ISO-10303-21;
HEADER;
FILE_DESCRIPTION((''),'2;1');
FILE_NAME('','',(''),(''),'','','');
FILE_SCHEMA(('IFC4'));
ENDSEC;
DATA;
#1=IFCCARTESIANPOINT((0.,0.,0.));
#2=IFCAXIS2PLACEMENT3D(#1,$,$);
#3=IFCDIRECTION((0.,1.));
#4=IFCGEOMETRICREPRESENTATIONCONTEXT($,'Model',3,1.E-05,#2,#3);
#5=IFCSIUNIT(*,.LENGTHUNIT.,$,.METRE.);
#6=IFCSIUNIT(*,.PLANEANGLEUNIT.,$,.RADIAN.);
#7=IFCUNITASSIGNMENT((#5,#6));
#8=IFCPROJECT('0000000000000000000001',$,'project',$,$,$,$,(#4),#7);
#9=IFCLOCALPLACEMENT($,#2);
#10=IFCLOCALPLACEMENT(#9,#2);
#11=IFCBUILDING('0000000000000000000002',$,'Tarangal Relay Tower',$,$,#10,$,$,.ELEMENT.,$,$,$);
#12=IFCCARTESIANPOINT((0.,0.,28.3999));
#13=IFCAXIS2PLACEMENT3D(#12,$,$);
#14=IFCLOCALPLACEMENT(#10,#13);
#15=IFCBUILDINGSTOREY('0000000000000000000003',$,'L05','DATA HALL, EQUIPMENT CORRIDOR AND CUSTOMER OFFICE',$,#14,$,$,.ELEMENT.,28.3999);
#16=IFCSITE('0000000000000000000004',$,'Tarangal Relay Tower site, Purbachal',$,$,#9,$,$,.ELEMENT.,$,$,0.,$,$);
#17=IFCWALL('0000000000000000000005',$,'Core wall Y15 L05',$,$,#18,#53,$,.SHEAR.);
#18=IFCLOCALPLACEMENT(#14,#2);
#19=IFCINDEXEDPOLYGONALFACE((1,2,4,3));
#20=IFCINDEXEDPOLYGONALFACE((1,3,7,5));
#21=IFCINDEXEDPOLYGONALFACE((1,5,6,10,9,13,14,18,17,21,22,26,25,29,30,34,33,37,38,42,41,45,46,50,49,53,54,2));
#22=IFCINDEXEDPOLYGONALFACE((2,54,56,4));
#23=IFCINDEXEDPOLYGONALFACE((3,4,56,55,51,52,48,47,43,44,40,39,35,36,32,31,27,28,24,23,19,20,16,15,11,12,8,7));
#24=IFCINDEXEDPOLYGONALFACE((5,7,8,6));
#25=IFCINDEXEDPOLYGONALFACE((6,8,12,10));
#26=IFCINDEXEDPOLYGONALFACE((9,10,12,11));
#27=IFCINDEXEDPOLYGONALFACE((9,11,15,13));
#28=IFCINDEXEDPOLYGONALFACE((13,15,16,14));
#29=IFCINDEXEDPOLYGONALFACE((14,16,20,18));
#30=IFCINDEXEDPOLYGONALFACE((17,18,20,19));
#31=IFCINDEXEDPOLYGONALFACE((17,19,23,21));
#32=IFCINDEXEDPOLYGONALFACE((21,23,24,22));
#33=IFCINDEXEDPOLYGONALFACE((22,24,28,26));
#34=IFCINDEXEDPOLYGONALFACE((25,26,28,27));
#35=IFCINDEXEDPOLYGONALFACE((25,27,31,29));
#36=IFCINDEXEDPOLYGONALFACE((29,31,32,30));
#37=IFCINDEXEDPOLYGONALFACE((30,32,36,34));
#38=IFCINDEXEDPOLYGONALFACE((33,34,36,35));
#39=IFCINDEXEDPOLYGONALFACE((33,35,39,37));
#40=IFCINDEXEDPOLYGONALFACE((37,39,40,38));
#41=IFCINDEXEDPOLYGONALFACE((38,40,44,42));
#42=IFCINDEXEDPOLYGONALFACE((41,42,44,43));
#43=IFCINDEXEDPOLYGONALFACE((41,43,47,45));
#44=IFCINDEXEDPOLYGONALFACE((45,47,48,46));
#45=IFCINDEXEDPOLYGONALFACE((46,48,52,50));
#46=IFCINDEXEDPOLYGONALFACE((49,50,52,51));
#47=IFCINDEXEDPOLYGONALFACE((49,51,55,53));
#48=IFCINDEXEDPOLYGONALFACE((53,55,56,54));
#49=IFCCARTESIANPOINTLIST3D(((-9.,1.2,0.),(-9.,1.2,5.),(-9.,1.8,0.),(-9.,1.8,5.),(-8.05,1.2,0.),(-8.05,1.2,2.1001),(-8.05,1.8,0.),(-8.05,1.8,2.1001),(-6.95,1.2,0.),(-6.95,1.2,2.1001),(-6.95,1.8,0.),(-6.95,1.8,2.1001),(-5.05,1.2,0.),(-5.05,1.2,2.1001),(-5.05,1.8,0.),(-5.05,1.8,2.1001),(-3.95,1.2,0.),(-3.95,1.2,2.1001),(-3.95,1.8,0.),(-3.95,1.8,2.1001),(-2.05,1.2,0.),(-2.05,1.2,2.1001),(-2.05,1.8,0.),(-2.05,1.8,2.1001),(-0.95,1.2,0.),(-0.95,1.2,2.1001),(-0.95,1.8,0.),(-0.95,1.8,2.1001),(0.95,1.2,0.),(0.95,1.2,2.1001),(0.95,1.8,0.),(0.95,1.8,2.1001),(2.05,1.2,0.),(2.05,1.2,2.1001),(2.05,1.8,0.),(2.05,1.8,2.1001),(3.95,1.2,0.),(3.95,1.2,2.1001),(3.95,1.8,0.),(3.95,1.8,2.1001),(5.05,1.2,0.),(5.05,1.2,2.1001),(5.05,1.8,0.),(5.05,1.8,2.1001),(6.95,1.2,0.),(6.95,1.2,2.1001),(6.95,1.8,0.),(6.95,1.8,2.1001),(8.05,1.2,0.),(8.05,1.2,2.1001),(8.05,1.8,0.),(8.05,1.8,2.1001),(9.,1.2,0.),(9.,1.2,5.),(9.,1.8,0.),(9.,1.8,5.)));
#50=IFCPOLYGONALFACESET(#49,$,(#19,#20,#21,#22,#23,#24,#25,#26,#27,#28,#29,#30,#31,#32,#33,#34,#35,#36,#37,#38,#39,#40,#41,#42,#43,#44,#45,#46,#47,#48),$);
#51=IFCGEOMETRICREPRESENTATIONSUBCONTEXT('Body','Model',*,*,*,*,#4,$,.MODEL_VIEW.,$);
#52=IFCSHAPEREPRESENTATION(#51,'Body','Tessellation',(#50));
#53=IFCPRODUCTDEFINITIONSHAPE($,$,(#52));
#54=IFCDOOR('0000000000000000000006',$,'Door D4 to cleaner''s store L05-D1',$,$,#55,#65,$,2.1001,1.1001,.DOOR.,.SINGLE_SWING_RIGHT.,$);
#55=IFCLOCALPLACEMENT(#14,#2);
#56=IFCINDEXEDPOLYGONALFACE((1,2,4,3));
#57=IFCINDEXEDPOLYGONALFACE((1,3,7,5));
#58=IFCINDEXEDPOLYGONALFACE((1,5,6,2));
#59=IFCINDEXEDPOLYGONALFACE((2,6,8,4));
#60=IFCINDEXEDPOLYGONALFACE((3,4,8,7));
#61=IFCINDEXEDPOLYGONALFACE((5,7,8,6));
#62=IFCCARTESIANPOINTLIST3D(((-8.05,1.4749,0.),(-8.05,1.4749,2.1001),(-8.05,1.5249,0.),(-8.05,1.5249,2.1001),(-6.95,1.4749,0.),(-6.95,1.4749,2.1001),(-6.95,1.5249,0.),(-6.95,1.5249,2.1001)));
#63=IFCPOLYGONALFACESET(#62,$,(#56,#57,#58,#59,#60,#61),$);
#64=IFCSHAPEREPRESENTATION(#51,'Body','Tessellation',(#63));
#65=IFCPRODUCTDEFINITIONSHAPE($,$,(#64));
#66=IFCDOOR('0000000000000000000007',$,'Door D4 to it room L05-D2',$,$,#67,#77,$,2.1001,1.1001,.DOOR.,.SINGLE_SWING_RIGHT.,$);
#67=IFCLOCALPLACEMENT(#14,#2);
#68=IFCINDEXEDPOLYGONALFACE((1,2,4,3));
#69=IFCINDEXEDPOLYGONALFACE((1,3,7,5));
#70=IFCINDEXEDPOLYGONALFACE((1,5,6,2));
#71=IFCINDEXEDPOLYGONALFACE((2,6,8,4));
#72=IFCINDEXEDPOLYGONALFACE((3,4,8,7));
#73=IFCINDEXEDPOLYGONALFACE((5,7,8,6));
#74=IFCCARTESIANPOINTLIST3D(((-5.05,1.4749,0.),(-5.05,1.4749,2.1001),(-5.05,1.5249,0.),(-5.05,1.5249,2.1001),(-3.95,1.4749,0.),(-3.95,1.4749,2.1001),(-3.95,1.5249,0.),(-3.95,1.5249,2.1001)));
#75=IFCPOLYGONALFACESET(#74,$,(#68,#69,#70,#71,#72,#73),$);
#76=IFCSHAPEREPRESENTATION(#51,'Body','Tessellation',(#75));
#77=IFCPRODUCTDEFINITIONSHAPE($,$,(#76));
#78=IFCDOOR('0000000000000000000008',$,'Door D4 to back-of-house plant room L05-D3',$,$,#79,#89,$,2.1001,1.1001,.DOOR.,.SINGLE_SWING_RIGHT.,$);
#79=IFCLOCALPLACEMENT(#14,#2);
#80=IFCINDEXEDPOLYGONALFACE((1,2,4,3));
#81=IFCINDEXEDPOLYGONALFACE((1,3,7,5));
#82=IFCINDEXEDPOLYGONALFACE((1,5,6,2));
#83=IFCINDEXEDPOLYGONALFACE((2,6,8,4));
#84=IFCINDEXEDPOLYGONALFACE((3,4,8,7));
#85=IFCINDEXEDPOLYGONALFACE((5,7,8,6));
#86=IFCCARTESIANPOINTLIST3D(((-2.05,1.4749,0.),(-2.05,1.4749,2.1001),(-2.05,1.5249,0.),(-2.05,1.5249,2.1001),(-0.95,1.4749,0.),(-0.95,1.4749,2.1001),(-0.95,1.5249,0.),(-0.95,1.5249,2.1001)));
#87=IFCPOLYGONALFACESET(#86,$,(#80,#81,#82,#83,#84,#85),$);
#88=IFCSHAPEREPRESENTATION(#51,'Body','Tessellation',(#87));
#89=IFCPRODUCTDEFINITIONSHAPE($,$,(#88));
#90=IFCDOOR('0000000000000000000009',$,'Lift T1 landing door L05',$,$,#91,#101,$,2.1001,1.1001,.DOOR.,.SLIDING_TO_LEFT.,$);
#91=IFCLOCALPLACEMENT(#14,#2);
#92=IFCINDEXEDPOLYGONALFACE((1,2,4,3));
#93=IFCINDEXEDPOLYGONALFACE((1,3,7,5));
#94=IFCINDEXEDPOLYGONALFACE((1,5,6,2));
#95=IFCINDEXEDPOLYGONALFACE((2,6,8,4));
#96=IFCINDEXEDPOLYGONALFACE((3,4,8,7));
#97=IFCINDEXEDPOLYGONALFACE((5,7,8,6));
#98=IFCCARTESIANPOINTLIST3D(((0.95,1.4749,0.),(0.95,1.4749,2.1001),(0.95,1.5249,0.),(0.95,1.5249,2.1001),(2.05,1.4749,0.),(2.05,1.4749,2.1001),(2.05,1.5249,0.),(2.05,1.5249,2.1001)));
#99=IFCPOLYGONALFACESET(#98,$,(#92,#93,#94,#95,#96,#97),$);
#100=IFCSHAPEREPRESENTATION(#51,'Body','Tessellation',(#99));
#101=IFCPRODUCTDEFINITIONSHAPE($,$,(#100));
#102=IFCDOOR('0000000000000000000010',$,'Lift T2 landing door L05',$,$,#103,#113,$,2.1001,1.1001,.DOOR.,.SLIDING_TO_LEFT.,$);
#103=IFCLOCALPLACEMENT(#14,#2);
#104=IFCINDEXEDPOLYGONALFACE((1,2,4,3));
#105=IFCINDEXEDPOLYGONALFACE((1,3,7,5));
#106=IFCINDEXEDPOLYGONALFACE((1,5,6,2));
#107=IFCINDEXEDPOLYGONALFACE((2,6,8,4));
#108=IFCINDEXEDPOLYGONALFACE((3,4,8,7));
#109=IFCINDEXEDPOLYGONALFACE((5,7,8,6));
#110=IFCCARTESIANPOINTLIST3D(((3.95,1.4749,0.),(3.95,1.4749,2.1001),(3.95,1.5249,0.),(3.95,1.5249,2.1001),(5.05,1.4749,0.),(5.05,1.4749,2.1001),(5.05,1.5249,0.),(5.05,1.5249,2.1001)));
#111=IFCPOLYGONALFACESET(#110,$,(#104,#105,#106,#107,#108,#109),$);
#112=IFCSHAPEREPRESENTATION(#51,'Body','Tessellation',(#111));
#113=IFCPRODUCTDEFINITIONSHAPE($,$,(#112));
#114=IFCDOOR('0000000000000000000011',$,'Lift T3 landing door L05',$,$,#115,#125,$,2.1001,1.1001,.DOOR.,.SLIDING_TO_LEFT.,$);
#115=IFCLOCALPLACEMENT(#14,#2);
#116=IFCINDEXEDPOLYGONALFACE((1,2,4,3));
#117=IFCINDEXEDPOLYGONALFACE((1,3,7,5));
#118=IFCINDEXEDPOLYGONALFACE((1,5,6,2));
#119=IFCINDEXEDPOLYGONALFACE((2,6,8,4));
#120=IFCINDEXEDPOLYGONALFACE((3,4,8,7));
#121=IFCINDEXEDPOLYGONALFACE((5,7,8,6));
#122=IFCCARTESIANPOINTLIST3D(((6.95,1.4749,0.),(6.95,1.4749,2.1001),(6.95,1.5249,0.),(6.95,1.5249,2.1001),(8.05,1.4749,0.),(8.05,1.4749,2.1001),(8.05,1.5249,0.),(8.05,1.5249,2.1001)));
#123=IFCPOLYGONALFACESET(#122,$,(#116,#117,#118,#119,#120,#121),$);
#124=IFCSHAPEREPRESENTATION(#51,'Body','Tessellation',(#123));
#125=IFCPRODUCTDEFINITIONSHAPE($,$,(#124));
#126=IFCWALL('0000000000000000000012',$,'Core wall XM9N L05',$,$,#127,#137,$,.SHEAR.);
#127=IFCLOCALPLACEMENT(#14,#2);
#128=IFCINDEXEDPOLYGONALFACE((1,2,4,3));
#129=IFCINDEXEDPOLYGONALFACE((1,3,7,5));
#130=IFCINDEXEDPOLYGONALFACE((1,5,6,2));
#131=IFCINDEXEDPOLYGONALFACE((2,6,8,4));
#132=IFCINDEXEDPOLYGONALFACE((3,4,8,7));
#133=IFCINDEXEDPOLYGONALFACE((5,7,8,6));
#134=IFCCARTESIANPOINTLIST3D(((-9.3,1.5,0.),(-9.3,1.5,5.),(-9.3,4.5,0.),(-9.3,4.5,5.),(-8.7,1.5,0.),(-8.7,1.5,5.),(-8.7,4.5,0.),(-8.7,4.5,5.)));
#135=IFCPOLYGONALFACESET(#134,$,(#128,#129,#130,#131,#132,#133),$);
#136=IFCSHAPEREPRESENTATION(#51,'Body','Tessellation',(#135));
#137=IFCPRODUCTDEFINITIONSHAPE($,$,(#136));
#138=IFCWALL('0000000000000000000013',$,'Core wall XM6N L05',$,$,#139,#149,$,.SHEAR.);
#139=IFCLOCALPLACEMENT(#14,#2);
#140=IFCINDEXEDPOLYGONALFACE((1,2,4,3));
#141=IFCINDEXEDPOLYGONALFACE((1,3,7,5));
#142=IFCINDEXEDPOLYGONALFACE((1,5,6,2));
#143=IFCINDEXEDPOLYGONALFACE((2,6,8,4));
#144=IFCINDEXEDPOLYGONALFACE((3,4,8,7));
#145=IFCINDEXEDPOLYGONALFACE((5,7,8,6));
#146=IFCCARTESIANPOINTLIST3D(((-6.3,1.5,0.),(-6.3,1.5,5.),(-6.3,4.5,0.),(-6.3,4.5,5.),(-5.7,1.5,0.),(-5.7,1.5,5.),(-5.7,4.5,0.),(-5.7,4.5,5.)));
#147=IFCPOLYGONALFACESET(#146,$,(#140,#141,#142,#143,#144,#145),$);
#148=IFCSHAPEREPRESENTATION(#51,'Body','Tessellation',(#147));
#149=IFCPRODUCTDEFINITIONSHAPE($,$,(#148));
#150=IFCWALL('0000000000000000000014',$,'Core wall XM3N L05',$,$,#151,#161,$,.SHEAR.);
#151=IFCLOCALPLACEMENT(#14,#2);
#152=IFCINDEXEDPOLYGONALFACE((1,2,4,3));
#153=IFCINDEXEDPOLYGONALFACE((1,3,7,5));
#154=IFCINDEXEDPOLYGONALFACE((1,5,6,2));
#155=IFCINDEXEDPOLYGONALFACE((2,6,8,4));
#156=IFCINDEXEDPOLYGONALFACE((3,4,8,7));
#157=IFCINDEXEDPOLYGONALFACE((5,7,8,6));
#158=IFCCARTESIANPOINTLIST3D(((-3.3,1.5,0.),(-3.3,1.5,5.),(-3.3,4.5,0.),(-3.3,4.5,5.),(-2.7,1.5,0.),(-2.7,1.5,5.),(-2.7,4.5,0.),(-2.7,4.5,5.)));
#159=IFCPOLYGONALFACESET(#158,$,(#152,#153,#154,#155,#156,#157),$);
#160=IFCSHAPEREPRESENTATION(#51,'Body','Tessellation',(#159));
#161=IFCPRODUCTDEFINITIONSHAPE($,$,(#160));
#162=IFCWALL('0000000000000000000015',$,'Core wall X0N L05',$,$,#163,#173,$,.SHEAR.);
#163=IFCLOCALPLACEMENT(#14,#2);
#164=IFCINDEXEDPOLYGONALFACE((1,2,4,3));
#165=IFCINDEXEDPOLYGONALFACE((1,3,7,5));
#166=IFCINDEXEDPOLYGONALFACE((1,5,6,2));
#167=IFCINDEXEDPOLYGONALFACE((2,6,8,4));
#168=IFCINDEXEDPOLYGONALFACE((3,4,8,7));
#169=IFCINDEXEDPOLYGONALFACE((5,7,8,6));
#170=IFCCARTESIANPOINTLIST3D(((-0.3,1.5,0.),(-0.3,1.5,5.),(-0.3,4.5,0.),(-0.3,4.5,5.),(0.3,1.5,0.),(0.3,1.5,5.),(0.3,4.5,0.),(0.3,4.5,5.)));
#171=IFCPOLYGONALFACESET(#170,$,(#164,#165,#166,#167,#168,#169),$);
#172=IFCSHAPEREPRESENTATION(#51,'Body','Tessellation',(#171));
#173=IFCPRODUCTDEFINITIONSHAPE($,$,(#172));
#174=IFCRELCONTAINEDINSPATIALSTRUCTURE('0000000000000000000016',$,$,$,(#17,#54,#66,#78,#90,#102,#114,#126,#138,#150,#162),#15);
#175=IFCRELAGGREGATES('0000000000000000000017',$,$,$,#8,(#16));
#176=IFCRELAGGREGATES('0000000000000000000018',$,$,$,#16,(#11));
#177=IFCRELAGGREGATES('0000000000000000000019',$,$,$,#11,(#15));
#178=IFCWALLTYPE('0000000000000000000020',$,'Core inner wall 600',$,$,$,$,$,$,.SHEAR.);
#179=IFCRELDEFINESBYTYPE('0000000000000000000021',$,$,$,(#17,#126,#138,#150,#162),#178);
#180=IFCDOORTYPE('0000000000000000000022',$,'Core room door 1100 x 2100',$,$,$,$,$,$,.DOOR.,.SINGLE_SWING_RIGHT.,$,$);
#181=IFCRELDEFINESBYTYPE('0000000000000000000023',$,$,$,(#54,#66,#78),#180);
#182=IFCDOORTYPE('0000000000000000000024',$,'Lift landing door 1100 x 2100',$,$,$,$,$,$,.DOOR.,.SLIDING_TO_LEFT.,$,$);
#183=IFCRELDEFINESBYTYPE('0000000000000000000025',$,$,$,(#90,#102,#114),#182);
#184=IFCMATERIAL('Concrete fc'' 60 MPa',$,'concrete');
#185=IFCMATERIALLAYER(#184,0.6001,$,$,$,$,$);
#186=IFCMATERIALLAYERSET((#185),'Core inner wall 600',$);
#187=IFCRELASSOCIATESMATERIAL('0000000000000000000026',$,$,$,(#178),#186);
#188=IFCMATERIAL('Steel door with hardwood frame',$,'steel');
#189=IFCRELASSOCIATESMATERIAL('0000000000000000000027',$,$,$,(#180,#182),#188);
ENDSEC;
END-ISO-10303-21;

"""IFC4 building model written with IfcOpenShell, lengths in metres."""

from ifc_helpers import new_model, si_unit, direction, frame, frame_2d, origin, place, context, subcontext, project, spatial, rectangle, extrude, material, layer, layer_set, type_object, element, fill, save


model = new_model("IFC4")

# Units and contexts
model_context = context("Model", 3, precision=1e-05, world=origin(), true_north=direction((0.0, 1.0)))
body_context = subcontext(model_context, "Body", "Model", "MODEL_VIEW")
ifc_project = project(units=[si_unit("LENGTHUNIT", "METRE"), si_unit("PLANEANGLEUNIT", "RADIAN")], contexts=[model_context])

# Site, building, storey
site_placement = place(None, origin())
site = spatial("IfcSite", under=ifc_project, at=site_placement, Name="Tarangal Relay Tower site, Purbachal", CompositionType="ELEMENT", RefElevation=0.0)
building_placement = place(site_placement, origin())
building = spatial("IfcBuilding", under=site, at=building_placement, Name="Tarangal Relay Tower", CompositionType="ELEMENT")
storey_placement = place(building_placement, frame((0.0, 0.0, 28.3999)))
storey = spatial("IfcBuildingStorey", under=building, at=storey_placement, Name="L05", Description="DATA HALL, EQUIPMENT CORRIDOR AND CUSTOMER OFFICE", CompositionType="ELEMENT", Elevation=28.3999)

# Wall, openings, doors
ifc_material_1 = material(Name="Concrete fc' 60 MPa", Category="concrete")
ifc_layer_1 = layer(ifc_material_1, 0.6001)
ifc_layer_set_1 = layer_set([ifc_layer_1], Name="Core inner wall 600")
wall_type = type_object("IfcWallType", Name="Core inner wall 600", PredefinedType="SHEAR", material=ifc_layer_set_1)
wall_1_placement = place(storey_placement, frame((-9.0, 1.5, 0.0), z_axis=(0.0, 0.0, 1.0), x_axis=(1.0, 0.0, 0.0)))
wall_1 = element("IfcWall", 1, at=wall_1_placement, inside=storey, type_object=wall_type, Name="Core wall Y15 L05", PredefinedType="SHEAR", context=body_context, shape_type="SweptSolid", body=[
    extrude(rectangle(XDim=18.0, YDim=0.6001, at=frame_2d((9.0, 0.0))), origin(), (0.0, 0.0, 1.0), 5.0),
])
opening_1_placement = place(wall_1_placement, frame((9.95, 0.0, 0.0)))
opening_1 = element("IfcOpeningElement", 2, at=opening_1_placement, cuts=wall_1, PredefinedType="OPENING", context=body_context, shape_type="SweptSolid", body=[
    extrude(rectangle(XDim=1.1001, YDim=2.1001, at=frame_2d((0.55, 1.05))), frame((0.0, 0.3101, 0.0), z_axis=(0.0, -1.0, 0.0), x_axis=(1.0, 0.0, 0.0)), (0.0, 0.0, 1.0), 0.6201),
])
opening_2_placement = place(wall_1_placement, frame((12.95, 0.0, 0.0)))
opening_2 = element("IfcOpeningElement", 3, at=opening_2_placement, cuts=wall_1, PredefinedType="OPENING", context=body_context, shape_type="SweptSolid", body=[
    extrude(rectangle(XDim=1.1001, YDim=2.1001, at=frame_2d((0.55, 1.05))), frame((0.0, 0.3101, 0.0), z_axis=(0.0, -1.0, 0.0), x_axis=(1.0, 0.0, 0.0)), (0.0, 0.0, 1.0), 0.6201),
])
opening_3_placement = place(wall_1_placement, frame((15.95, 0.0, 0.0)))
opening_3 = element("IfcOpeningElement", 4, at=opening_3_placement, cuts=wall_1, PredefinedType="OPENING", context=body_context, shape_type="SweptSolid", body=[
    extrude(rectangle(XDim=1.1001, YDim=2.1001, at=frame_2d((0.55, 1.05))), frame((0.0, 0.3101, 0.0), z_axis=(0.0, -1.0, 0.0), x_axis=(1.0, 0.0, 0.0)), (0.0, 0.0, 1.0), 0.6201),
])
opening_4_placement = place(wall_1_placement, frame((0.95, 0.0, 0.0)))
opening_4 = element("IfcOpeningElement", 5, at=opening_4_placement, cuts=wall_1, PredefinedType="OPENING", context=body_context, shape_type="SweptSolid", body=[
    extrude(rectangle(XDim=1.1001, YDim=2.1001, at=frame_2d((0.55, 1.05))), frame((0.0, 0.3101, 0.0), z_axis=(0.0, -1.0, 0.0), x_axis=(1.0, 0.0, 0.0)), (0.0, 0.0, 1.0), 0.6201),
])
opening_5_placement = place(wall_1_placement, frame((3.95, 0.0, 0.0)))
opening_5 = element("IfcOpeningElement", 6, at=opening_5_placement, cuts=wall_1, PredefinedType="OPENING", context=body_context, shape_type="SweptSolid", body=[
    extrude(rectangle(XDim=1.1001, YDim=2.1001, at=frame_2d((0.55, 1.05))), frame((0.0, 0.3101, 0.0), z_axis=(0.0, -1.0, 0.0), x_axis=(1.0, 0.0, 0.0)), (0.0, 0.0, 1.0), 0.6201),
])
opening_6_placement = place(wall_1_placement, frame((6.95, 0.0, 0.0)))
opening_6 = element("IfcOpeningElement", 7, at=opening_6_placement, cuts=wall_1, PredefinedType="OPENING", context=body_context, shape_type="SweptSolid", body=[
    extrude(rectangle(XDim=1.1001, YDim=2.1001, at=frame_2d((0.55, 1.05))), frame((0.0, 0.3101, 0.0), z_axis=(0.0, -1.0, 0.0), x_axis=(1.0, 0.0, 0.0)), (0.0, 0.0, 1.0), 0.6201),
])
ifc_material_2 = material(Name="Steel door with hardwood frame", Category="steel")
door_type_1 = type_object("IfcDoorType", Name="Core room door 1100 x 2100", OperationType="SINGLE_SWING_RIGHT", PredefinedType="DOOR", material=ifc_material_2)
door_1_placement = place(opening_4_placement, origin())
door_1 = element("IfcDoor", 8, at=door_1_placement, inside=storey, type_object=door_type_1, Name="Door D4 to cleaner's store L05-D1", OperationType="SINGLE_SWING_RIGHT", OverallHeight=2.1001, OverallWidth=1.1001, PredefinedType="DOOR", context=body_context, shape_type="SweptSolid", body=[
    extrude(rectangle(XDim=1.1001, YDim=2.1001, at=frame_2d((0.55, 1.05))), frame((0.0, 0.0249, 0.0), z_axis=(0.0, -1.0, 0.0), x_axis=(1.0, 0.0, 0.0)), (0.0, 0.0, 1.0), 0.05),
])
fill(opening_4, door_1)
door_2_placement = place(opening_5_placement, origin())
door_2 = element("IfcDoor", 9, at=door_2_placement, inside=storey, type_object=door_type_1, Name="Door D4 to it room L05-D2", OperationType="SINGLE_SWING_RIGHT", OverallHeight=2.1001, OverallWidth=1.1001, PredefinedType="DOOR", context=body_context, shape_type="SweptSolid", body=[
    extrude(rectangle(XDim=1.1001, YDim=2.1001, at=frame_2d((0.55, 1.05))), frame((0.0, 0.0249, 0.0), z_axis=(0.0, -1.0, 0.0), x_axis=(1.0, 0.0, 0.0)), (0.0, 0.0, 1.0), 0.05),
])
fill(opening_5, door_2)
door_3_placement = place(opening_6_placement, origin())
door_3 = element("IfcDoor", 10, at=door_3_placement, inside=storey, type_object=door_type_1, Name="Door D4 to back-of-house plant room L05-D3", OperationType="SINGLE_SWING_RIGHT", OverallHeight=2.1001, OverallWidth=1.1001, PredefinedType="DOOR", context=body_context, shape_type="SweptSolid", body=[
    extrude(rectangle(XDim=1.1001, YDim=2.1001, at=frame_2d((0.55, 1.05))), frame((0.0, 0.0249, 0.0), z_axis=(0.0, -1.0, 0.0), x_axis=(1.0, 0.0, 0.0)), (0.0, 0.0, 1.0), 0.05),
])
fill(opening_6, door_3)
door_type_2 = type_object("IfcDoorType", Name="Lift landing door 1100 x 2100", OperationType="SLIDING_TO_LEFT", PredefinedType="DOOR", material=ifc_material_2)
door_4_placement = place(opening_1_placement, origin())
door_4 = element("IfcDoor", 11, at=door_4_placement, inside=storey, type_object=door_type_2, Name="Lift T1 landing door L05", OperationType="SLIDING_TO_LEFT", OverallHeight=2.1001, OverallWidth=1.1001, PredefinedType="DOOR", context=body_context, shape_type="SweptSolid", body=[
    extrude(rectangle(XDim=1.1001, YDim=2.1001, at=frame_2d((0.55, 1.05))), frame((0.0, 0.0249, 0.0), z_axis=(0.0, -1.0, 0.0), x_axis=(1.0, 0.0, 0.0)), (0.0, 0.0, 1.0), 0.05),
])
fill(opening_1, door_4)
door_5_placement = place(opening_2_placement, origin())
door_5 = element("IfcDoor", 12, at=door_5_placement, inside=storey, type_object=door_type_2, Name="Lift T2 landing door L05", OperationType="SLIDING_TO_LEFT", OverallHeight=2.1001, OverallWidth=1.1001, PredefinedType="DOOR", context=body_context, shape_type="SweptSolid", body=[
    extrude(rectangle(XDim=1.1001, YDim=2.1001, at=frame_2d((0.55, 1.05))), frame((0.0, 0.0249, 0.0), z_axis=(0.0, -1.0, 0.0), x_axis=(1.0, 0.0, 0.0)), (0.0, 0.0, 1.0), 0.05),
])
fill(opening_2, door_5)
door_6_placement = place(opening_3_placement, origin())
door_6 = element("IfcDoor", 13, at=door_6_placement, inside=storey, type_object=door_type_2, Name="Lift T3 landing door L05", OperationType="SLIDING_TO_LEFT", OverallHeight=2.1001, OverallWidth=1.1001, PredefinedType="DOOR", context=body_context, shape_type="SweptSolid", body=[
    extrude(rectangle(XDim=1.1001, YDim=2.1001, at=frame_2d((0.55, 1.05))), frame((0.0, 0.0249, 0.0), z_axis=(0.0, -1.0, 0.0), x_axis=(1.0, 0.0, 0.0)), (0.0, 0.0, 1.0), 0.05),
])
fill(opening_3, door_6)

# Walls
for number, where, z_axis, x_axis, name in (
    (14, (-9.0, 1.5, 0.0), (0.0, 0.0, 1.0), (0.0, 1.0, 0.0), "Core wall XM9N L05"),
    (15, (-6.0, 1.5, 0.0), (0.0, 0.0, 1.0), (0.0, 1.0, 0.0), "Core wall XM6N L05"),
    (16, (-3.0, 1.5, 0.0), (0.0, 0.0, 1.0), (0.0, 1.0, 0.0), "Core wall XM3N L05"),
    (17, (0.0, 1.5, 0.0), (0.0, 0.0, 1.0), (0.0, 1.0, 0.0), "Core wall X0N L05"),
):
    element("IfcWall", number, at=place(storey_placement, frame(where, z_axis=z_axis, x_axis=x_axis)), inside=storey, type_object=wall_type, Name=name, PredefinedType="SHEAR", context=body_context, shape_type="SweptSolid", body=[
        extrude(rectangle(XDim=3.0, YDim=0.6001, at=frame_2d((1.5, 0.0))), origin(), (0.0, 0.0, 1.0), 5.0),
    ])

save(model, "model.ifc")
